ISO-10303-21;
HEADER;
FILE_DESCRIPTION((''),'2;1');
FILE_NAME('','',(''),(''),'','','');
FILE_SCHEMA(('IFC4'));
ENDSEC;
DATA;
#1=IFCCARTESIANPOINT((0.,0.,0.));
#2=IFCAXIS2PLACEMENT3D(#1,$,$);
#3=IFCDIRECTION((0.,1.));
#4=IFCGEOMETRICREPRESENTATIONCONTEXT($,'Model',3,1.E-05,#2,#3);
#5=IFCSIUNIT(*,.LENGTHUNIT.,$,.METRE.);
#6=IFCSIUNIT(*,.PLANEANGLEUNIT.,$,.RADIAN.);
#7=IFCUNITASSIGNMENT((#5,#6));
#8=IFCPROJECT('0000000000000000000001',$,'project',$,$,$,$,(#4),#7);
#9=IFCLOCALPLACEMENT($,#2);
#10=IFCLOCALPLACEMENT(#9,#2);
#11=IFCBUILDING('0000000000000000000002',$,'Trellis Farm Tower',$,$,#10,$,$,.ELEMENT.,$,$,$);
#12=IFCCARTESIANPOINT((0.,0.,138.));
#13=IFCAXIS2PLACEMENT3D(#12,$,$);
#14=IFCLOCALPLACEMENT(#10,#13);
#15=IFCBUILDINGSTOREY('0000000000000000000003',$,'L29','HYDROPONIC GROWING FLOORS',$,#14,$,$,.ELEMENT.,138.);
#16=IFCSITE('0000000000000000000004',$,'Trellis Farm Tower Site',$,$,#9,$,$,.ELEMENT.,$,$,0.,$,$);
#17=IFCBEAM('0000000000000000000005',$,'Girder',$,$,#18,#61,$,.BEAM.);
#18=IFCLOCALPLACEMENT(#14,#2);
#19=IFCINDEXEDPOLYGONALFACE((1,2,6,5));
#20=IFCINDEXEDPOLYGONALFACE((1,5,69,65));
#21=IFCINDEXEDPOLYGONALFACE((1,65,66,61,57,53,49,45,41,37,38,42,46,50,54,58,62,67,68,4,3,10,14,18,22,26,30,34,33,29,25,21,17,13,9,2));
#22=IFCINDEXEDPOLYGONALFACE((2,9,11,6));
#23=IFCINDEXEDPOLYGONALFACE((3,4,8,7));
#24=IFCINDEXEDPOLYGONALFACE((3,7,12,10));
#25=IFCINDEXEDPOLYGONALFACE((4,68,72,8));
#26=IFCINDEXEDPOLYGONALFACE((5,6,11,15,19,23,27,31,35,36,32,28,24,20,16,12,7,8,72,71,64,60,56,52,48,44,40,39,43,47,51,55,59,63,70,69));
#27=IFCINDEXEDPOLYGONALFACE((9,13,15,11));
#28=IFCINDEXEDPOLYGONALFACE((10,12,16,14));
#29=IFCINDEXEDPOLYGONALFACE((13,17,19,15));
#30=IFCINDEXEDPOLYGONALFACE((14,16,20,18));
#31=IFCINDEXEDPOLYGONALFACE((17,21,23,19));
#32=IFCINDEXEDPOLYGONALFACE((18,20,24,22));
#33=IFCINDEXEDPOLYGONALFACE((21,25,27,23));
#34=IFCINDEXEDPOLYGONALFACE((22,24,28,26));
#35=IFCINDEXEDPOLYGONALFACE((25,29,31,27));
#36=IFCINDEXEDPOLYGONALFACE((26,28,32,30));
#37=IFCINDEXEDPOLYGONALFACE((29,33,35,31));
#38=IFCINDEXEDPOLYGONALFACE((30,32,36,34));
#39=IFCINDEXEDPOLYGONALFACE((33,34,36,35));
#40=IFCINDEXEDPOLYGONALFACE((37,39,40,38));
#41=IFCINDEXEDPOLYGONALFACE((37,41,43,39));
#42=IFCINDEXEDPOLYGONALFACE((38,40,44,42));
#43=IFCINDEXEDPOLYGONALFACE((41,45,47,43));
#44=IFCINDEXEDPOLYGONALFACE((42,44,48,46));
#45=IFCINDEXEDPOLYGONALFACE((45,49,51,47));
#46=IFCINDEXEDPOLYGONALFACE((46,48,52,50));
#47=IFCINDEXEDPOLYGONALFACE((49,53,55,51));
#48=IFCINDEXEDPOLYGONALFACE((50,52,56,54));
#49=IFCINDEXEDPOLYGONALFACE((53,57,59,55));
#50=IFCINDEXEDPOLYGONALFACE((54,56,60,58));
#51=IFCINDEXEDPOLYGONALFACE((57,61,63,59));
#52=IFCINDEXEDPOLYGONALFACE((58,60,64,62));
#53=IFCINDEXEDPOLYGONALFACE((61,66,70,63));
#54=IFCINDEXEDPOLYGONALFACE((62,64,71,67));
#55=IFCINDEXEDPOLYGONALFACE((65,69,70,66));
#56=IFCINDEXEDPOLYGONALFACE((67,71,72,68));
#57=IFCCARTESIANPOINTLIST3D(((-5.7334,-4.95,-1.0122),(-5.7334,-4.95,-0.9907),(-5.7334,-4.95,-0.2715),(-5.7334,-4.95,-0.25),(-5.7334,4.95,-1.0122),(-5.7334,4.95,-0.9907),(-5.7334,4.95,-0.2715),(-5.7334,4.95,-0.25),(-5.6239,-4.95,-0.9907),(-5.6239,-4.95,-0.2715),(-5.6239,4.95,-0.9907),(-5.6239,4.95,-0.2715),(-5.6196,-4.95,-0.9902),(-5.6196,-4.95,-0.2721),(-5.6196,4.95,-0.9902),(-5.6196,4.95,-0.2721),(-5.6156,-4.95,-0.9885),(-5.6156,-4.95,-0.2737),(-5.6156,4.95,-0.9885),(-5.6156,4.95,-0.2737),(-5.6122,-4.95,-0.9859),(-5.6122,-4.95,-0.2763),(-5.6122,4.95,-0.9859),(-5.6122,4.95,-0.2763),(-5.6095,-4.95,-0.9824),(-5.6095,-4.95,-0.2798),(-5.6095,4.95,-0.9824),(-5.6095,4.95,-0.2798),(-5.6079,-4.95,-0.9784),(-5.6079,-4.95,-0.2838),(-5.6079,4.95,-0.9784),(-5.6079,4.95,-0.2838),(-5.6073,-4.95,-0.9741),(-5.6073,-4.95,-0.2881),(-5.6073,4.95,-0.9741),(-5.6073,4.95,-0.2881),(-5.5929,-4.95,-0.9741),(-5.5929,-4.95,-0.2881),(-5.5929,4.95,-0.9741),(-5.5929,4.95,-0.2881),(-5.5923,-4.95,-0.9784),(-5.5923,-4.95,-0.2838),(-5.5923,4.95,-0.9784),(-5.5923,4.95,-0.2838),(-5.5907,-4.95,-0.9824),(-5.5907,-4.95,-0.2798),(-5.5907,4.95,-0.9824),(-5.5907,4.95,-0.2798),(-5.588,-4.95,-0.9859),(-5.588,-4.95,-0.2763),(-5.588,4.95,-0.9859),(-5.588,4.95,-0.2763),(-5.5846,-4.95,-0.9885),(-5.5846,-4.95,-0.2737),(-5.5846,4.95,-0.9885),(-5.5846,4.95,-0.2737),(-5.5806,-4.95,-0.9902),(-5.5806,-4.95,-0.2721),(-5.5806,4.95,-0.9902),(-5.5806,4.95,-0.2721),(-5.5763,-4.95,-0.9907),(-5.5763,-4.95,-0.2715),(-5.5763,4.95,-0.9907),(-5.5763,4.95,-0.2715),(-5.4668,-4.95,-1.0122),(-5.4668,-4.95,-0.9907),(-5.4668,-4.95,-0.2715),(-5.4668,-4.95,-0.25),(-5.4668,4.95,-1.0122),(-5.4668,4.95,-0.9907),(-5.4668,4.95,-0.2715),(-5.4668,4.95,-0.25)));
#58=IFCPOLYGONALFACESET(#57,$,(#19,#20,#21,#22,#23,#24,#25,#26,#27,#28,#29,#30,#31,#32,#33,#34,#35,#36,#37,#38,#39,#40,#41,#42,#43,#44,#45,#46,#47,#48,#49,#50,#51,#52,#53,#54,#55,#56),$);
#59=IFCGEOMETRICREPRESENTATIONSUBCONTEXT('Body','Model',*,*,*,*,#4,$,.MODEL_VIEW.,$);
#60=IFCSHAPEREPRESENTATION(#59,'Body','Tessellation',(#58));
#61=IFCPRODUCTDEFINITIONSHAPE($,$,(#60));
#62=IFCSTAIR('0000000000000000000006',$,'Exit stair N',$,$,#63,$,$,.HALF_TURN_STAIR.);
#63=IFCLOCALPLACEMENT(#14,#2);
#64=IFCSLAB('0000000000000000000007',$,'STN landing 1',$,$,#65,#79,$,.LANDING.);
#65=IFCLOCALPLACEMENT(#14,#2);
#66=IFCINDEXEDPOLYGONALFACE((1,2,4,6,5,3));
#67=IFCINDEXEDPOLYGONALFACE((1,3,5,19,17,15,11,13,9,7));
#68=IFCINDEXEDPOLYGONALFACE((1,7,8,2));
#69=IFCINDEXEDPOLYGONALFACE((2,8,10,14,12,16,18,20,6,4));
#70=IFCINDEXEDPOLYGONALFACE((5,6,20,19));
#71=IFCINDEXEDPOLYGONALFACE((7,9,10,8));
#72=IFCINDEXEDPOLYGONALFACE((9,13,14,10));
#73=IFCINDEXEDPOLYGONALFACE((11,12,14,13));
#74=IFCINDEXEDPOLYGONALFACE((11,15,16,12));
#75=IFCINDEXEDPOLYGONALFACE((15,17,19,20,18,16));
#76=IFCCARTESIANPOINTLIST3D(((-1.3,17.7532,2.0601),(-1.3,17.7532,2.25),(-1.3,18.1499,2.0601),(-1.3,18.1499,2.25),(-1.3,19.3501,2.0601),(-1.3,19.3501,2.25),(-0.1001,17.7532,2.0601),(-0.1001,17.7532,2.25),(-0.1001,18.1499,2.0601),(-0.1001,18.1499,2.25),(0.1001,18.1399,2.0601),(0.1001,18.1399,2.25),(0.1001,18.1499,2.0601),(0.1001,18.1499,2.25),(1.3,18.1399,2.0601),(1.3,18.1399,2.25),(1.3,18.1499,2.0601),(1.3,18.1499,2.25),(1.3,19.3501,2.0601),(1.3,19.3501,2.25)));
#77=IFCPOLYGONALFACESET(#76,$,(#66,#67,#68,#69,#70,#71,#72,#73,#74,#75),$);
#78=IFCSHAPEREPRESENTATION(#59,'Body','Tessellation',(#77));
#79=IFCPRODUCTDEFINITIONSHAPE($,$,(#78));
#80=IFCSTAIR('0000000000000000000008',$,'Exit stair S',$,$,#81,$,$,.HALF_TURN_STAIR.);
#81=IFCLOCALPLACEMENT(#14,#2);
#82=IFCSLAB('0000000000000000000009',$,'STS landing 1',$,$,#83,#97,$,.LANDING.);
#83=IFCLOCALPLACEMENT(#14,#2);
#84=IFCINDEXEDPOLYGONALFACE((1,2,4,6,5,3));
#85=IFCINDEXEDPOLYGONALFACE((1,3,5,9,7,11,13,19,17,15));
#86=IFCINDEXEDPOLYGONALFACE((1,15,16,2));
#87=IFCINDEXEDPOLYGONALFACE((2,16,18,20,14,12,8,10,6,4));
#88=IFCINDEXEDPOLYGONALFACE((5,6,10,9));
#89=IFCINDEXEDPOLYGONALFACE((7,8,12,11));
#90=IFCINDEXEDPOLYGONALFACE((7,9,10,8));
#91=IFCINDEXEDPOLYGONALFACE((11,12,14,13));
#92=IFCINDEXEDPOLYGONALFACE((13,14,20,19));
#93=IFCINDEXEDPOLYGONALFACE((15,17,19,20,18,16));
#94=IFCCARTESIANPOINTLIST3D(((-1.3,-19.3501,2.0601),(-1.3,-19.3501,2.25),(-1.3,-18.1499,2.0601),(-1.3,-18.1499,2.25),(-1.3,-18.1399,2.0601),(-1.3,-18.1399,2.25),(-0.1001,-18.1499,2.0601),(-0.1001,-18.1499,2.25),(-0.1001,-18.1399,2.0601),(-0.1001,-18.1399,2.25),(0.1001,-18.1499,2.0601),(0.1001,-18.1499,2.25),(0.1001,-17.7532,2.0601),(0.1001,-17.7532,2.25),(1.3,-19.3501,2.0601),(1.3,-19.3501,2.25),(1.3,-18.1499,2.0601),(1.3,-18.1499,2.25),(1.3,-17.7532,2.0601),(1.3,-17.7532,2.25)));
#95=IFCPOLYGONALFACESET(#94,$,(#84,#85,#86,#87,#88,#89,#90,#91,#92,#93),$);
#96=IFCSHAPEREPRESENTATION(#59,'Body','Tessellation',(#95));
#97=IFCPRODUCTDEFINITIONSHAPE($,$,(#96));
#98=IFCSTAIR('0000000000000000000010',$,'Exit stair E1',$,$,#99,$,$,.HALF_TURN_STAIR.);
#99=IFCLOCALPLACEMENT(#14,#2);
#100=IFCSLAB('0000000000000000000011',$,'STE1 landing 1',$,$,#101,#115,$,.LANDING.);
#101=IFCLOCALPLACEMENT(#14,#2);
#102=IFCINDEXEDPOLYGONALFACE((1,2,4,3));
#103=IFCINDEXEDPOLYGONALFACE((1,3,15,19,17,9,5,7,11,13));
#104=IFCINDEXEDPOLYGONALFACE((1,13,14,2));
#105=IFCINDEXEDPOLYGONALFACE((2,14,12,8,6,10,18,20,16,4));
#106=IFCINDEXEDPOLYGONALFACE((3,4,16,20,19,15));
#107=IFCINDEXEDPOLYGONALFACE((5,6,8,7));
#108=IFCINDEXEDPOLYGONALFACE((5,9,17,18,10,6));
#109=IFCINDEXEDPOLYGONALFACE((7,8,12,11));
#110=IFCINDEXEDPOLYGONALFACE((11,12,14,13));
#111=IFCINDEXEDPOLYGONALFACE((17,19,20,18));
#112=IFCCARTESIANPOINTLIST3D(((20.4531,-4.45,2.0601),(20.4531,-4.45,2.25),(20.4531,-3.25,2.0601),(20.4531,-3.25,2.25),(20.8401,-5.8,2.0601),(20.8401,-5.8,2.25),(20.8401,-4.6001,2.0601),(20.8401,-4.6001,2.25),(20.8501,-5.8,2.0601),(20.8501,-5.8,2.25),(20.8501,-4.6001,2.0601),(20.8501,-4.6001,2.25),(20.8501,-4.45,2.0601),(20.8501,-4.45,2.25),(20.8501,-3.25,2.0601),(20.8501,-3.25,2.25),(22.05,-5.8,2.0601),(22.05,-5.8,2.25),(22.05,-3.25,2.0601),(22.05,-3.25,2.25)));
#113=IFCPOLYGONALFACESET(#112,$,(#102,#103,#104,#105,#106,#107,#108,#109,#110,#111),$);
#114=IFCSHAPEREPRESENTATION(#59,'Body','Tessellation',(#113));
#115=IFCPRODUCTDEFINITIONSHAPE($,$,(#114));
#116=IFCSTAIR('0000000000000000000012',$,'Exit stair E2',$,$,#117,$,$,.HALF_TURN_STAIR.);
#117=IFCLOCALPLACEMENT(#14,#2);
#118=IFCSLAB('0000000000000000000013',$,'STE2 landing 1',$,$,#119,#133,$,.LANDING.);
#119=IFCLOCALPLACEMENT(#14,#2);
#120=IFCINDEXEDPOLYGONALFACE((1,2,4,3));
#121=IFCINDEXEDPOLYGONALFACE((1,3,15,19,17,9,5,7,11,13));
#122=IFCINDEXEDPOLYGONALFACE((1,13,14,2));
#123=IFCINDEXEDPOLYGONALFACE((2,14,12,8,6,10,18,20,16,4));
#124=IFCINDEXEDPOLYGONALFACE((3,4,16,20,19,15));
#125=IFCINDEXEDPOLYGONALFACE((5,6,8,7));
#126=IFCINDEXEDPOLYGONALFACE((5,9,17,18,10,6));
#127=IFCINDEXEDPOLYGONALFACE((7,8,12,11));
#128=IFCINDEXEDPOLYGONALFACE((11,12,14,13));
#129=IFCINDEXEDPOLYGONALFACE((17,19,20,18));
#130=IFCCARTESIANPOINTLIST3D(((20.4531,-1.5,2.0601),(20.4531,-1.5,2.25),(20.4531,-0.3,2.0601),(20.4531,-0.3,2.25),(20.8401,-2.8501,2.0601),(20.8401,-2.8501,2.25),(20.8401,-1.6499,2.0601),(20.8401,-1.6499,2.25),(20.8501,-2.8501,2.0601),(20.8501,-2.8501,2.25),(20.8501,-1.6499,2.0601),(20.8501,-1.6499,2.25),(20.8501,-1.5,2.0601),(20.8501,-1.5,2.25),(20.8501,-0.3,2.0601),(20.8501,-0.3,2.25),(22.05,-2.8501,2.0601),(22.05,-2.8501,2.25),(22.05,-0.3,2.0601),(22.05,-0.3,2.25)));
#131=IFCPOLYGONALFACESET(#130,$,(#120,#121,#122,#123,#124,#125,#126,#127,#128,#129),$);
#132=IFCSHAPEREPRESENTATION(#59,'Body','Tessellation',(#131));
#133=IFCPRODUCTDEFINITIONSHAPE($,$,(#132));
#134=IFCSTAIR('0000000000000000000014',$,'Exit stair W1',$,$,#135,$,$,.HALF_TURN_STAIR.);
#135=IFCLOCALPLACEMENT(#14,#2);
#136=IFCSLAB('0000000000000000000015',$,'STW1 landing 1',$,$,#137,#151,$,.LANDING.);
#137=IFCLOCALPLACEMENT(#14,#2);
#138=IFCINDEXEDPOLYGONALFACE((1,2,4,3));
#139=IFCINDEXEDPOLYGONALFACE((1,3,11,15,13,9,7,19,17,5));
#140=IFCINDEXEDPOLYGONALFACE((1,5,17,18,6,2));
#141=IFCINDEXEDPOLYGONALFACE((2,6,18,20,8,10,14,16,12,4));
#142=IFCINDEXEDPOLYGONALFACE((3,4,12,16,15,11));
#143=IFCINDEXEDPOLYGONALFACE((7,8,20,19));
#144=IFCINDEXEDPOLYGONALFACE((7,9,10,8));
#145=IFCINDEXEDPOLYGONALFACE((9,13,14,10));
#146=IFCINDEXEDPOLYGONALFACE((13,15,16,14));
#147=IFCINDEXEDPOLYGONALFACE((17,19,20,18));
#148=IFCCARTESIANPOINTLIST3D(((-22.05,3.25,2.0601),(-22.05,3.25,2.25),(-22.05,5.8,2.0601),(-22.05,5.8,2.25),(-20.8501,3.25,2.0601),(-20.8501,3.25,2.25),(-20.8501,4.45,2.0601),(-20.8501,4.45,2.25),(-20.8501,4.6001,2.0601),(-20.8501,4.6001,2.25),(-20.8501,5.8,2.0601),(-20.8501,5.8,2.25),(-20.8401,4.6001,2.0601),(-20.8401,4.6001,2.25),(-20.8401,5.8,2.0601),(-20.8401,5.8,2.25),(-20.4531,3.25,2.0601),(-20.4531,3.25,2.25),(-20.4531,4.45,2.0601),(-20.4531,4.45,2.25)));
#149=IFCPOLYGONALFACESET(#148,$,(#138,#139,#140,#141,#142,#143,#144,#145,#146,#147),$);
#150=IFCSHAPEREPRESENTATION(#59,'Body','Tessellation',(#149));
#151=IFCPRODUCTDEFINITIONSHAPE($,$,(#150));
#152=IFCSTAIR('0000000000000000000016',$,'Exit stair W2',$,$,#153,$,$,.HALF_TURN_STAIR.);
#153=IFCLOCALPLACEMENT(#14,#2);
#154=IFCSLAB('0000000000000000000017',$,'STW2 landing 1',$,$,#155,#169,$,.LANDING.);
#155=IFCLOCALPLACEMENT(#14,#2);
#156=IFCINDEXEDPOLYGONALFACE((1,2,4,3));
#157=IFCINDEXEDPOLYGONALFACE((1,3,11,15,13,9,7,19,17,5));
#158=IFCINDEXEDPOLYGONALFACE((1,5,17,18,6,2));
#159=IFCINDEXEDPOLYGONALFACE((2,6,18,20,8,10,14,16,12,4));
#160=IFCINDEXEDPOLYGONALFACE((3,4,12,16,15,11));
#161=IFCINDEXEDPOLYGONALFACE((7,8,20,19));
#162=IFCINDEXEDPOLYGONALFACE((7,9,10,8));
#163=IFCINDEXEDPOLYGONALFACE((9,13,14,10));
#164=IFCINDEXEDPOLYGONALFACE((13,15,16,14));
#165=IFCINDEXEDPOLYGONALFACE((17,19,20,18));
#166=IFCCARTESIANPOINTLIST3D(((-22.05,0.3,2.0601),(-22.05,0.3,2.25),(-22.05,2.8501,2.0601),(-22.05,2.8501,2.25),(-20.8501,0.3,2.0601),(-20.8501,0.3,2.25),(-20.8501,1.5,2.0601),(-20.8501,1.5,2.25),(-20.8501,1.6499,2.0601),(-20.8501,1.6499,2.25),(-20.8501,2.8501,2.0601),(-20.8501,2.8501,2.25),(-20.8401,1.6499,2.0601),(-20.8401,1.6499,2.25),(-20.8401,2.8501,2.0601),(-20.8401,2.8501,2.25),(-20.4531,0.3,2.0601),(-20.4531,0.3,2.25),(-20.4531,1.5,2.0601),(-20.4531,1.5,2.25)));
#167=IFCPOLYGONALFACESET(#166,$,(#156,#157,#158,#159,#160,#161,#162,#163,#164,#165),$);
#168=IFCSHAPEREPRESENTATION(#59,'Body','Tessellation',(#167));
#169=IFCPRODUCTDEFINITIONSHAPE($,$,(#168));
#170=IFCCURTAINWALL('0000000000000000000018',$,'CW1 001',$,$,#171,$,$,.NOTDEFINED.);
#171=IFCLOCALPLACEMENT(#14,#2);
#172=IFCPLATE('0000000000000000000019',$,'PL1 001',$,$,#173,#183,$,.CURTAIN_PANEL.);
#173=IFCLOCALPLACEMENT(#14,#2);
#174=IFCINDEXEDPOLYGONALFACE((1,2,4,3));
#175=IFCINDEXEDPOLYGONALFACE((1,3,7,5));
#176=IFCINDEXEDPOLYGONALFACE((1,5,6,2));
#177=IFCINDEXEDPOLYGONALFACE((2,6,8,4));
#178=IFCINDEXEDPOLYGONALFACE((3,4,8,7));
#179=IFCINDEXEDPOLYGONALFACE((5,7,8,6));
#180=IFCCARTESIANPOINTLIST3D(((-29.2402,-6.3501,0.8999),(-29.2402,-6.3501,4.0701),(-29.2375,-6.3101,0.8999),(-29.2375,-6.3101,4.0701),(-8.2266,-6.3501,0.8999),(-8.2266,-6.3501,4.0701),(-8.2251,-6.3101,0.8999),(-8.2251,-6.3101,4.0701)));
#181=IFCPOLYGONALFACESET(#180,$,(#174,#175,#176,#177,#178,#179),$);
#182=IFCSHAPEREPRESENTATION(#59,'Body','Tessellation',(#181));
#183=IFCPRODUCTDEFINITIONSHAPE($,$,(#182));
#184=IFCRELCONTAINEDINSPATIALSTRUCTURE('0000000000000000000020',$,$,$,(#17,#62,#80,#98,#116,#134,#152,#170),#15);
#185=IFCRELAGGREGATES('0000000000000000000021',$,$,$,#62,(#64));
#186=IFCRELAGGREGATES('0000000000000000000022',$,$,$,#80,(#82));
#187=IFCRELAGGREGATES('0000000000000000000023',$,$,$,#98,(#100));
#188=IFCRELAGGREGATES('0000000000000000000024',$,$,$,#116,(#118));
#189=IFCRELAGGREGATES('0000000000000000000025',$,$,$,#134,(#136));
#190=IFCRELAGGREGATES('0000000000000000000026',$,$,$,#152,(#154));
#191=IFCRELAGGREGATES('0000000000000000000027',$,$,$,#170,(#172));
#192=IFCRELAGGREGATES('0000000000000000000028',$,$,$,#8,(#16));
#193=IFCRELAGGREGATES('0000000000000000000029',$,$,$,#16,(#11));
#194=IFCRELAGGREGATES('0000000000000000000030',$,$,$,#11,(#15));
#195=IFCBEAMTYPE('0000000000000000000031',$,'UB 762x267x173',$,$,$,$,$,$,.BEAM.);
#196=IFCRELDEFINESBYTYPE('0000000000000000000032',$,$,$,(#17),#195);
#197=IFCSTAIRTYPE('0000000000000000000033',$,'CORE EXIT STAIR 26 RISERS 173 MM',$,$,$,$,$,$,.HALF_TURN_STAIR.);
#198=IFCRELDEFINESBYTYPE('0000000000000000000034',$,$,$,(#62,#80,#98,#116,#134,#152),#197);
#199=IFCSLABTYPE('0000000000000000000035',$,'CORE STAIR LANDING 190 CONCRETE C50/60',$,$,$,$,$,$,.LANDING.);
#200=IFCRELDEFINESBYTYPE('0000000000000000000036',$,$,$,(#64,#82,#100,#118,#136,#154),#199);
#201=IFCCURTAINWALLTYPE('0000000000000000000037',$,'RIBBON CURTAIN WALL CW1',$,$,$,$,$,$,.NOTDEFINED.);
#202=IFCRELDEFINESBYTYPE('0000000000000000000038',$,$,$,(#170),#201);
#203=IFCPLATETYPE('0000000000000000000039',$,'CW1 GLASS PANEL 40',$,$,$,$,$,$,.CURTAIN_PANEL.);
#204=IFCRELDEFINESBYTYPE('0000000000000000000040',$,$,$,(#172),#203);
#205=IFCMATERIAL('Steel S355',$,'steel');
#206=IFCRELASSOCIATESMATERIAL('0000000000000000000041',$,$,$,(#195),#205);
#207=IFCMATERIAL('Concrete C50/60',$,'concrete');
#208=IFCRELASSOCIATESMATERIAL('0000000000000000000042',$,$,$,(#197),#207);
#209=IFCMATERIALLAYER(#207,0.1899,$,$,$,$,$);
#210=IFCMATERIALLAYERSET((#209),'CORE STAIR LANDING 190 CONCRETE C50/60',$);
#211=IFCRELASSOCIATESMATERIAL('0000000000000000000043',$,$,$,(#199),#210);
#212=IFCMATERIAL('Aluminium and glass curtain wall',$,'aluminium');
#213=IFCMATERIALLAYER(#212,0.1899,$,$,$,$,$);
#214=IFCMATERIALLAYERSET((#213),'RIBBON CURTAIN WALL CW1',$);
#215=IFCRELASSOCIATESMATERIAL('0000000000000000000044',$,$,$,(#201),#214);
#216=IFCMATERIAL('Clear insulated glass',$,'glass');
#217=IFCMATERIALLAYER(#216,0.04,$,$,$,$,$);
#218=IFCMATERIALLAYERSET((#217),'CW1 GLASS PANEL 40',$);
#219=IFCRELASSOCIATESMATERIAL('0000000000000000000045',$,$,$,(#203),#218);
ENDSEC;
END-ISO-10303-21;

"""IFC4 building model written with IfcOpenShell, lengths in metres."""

from ifc_helpers import new_model, si_unit, direction, frame, origin, origin_2d, place, context, subcontext, project, spatial, polyline, i_section, outline, extrude, source, transform, mapped, material, layer, layer_set, material_profile, profile_set, type_object, element, aggregate, save


model = new_model("IFC4")

# Units and contexts
model_context = context("Model", 3, precision=1e-05, world=origin(), true_north=direction((0.0, 1.0)))
body_context = subcontext(model_context, "Body", "Model", "MODEL_VIEW")
ifc_project = project(units=[si_unit("LENGTHUNIT", "METRE"), si_unit("PLANEANGLEUNIT", "RADIAN")], contexts=[model_context])

# Site, building, storey
site_placement = place(None, origin())
site = spatial("IfcSite", under=ifc_project, at=site_placement, Name="Trellis Farm Tower Site", CompositionType="ELEMENT", RefElevation=0.0)
building_placement = place(site_placement, origin())
building = spatial("IfcBuilding", under=site, at=building_placement, Name="Trellis Farm Tower", CompositionType="ELEMENT")
storey_placement = place(building_placement, frame((0.0, 0.0, 138.0)))
storey = spatial("IfcBuildingStorey", under=building, at=storey_placement, Name="L29", Description="HYDROPONIC GROWING FLOORS", CompositionType="ELEMENT", Elevation=138.0)

# Beam
ifc_material_1 = material(Name="Steel S355", Category="steel")
ifc_material_profile_1 = material_profile(ifc_material_1, i_section(OverallWidth=0.2666, OverallDepth=0.7622, WebThickness=0.0144, FlangeThickness=0.0215, FilletRadius=0.0166, at=origin_2d()), Name="UB 762x267x173")
ifc_profile_set_1 = profile_set([ifc_material_profile_1], Name="Steel S355")
beam_type_1 = type_object("IfcBeamType", Name="UB 762x267x173", PredefinedType="BEAM", material=ifc_profile_set_1)
shared_shape_1 = source(origin(), body_context, "Body", "SweptSolid", [
    extrude(i_section(OverallWidth=0.2666, OverallDepth=0.7622, WebThickness=0.0144, FlangeThickness=0.0215, FilletRadius=0.0166, at=origin_2d()), origin(), (0.0, 0.0, 1.0), 9.8999),
])
for number, where, z_axis, x_axis, name in (
    (1, (-5.6001, -4.95, -0.6311), (0.0, 1.0, 0.0), (-1.0, 0.0, 0.0), "Girder"),
):
    element("IfcBeam", number, at=place(storey_placement, frame(where, z_axis=z_axis, x_axis=x_axis)), inside=storey, type_object=beam_type_1, Name=name, PredefinedType="BEAM", context=body_context, shape_type="MappedRepresentation", body=[
        mapped(shared_shape_1, transform((0.0, 0.0, 0.0))),
    ])

# Stairs, slabs
ifc_material_2 = material(Name="Concrete C50/60", Category="concrete")
stair_type = type_object("IfcStairType", Name="CORE EXIT STAIR 26 RISERS 173 MM", PredefinedType="HALF_TURN_STAIR", material=ifc_material_2)
placement_1 = place(storey_placement, origin())
stair_1 = element("IfcStair", 2, at=placement_1, inside=storey, type_object=stair_type, Name="Exit stair N", PredefinedType="HALF_TURN_STAIR")
ifc_layer_1 = layer(ifc_material_2, 0.1899)
ifc_layer_set_1 = layer_set([ifc_layer_1], Name="CORE STAIR LANDING 190 CONCRETE C50/60")
slab_type_1 = type_object("IfcSlabType", Name="CORE STAIR LANDING 190 CONCRETE C50/60", PredefinedType="LANDING", material=ifc_layer_set_1)
shared_shape_2 = source(origin(), body_context, "Body", "SweptSolid", [
    extrude(outline(polyline([(-0.1001, 17.7532), (-1.3, 17.7532), (-1.3, 18.1499), (-1.3, 19.3501), (1.3, 19.3501), (1.3, 18.1499), (1.3, 18.1399), (0.1001, 18.1399), (0.1001, 18.1499), (-0.1001, 18.1499), (-0.1001, 17.7532)])), origin(), (0.0, 0.0, 1.0), 0.1899),
])
placement_2 = place(storey_placement, frame((0.0, 0.0, 2.0601)))
slab_1 = element("IfcSlab", 3, at=placement_2, type_object=slab_type_1, Name="STN landing 1", PredefinedType="LANDING", context=body_context, shape_type="MappedRepresentation", body=[
    mapped(shared_shape_2, transform((0.0, 0.0, 0.0))),
])
aggregate(stair_1, [slab_1])
stair_2 = element("IfcStair", 4, at=placement_1, inside=storey, type_object=stair_type, Name="Exit stair S", PredefinedType="HALF_TURN_STAIR")
shared_shape_3 = source(origin(), body_context, "Body", "SweptSolid", [
    extrude(outline(polyline([(1.3, -19.3501), (-1.3, -19.3501), (-1.3, -18.1499), (-1.3, -18.1399), (-0.1001, -18.1399), (-0.1001, -18.1499), (0.1001, -18.1499), (0.1001, -17.7532), (1.3, -17.7532), (1.3, -18.1499), (1.3, -19.3501)])), origin(), (0.0, 0.0, 1.0), 0.1899),
])
slab_2 = element("IfcSlab", 5, at=placement_2, type_object=slab_type_1, Name="STS landing 1", PredefinedType="LANDING", context=body_context, shape_type="MappedRepresentation", body=[
    mapped(shared_shape_3, transform((0.0, 0.0, 0.0))),
])
aggregate(stair_2, [slab_2])
stair_3 = element("IfcStair", 6, at=placement_1, inside=storey, type_object=stair_type, Name="Exit stair E1", PredefinedType="HALF_TURN_STAIR")
shared_shape_4 = source(origin(), body_context, "Body", "SweptSolid", [
    extrude(outline(polyline([(20.8401, -5.8), (20.8401, -4.6001), (20.8501, -4.6001), (20.8501, -4.45), (20.4531, -4.45), (20.4531, -3.25), (20.8501, -3.25), (22.05, -3.25), (22.05, -5.8), (20.8501, -5.8), (20.8401, -5.8)])), origin(), (0.0, 0.0, 1.0), 0.1899),
])
slab_3 = element("IfcSlab", 7, at=placement_2, type_object=slab_type_1, Name="STE1 landing 1", PredefinedType="LANDING", context=body_context, shape_type="MappedRepresentation", body=[
    mapped(shared_shape_4, transform((0.0, 0.0, 0.0))),
])
aggregate(stair_3, [slab_3])
stair_4 = element("IfcStair", 8, at=placement_1, inside=storey, type_object=stair_type, Name="Exit stair E2", PredefinedType="HALF_TURN_STAIR")
shared_shape_5 = source(origin(), body_context, "Body", "SweptSolid", [
    extrude(outline(polyline([(20.8401, -2.8501), (20.8401, -1.6499), (20.8501, -1.6499), (20.8501, -1.5), (20.4531, -1.5), (20.4531, -0.3), (20.8501, -0.3), (22.05, -0.3), (22.05, -2.8501), (20.8501, -2.8501), (20.8401, -2.8501)])), origin(), (0.0, 0.0, 1.0), 0.1899),
])
slab_4 = element("IfcSlab", 9, at=placement_2, type_object=slab_type_1, Name="STE2 landing 1", PredefinedType="LANDING", context=body_context, shape_type="MappedRepresentation", body=[
    mapped(shared_shape_5, transform((0.0, 0.0, 0.0))),
])
aggregate(stair_4, [slab_4])
stair_5 = element("IfcStair", 10, at=placement_1, inside=storey, type_object=stair_type, Name="Exit stair W1", PredefinedType="HALF_TURN_STAIR")
shared_shape_6 = source(origin(), body_context, "Body", "SweptSolid", [
    extrude(outline(polyline([(-20.4531, 4.45), (-20.4531, 3.25), (-20.8501, 3.25), (-22.05, 3.25), (-22.05, 5.8), (-20.8501, 5.8), (-20.8401, 5.8), (-20.8401, 4.6001), (-20.8501, 4.6001), (-20.8501, 4.45), (-20.4531, 4.45)])), origin(), (0.0, 0.0, 1.0), 0.1899),
])
slab_5 = element("IfcSlab", 11, at=placement_2, type_object=slab_type_1, Name="STW1 landing 1", PredefinedType="LANDING", context=body_context, shape_type="MappedRepresentation", body=[
    mapped(shared_shape_6, transform((0.0, 0.0, 0.0))),
])
aggregate(stair_5, [slab_5])
stair_6 = element("IfcStair", 12, at=placement_1, inside=storey, type_object=stair_type, Name="Exit stair W2", PredefinedType="HALF_TURN_STAIR")
shared_shape_7 = source(origin(), body_context, "Body", "SweptSolid", [
    extrude(outline(polyline([(-20.4531, 1.5), (-20.4531, 0.3), (-20.8501, 0.3), (-22.05, 0.3), (-22.05, 2.8501), (-20.8501, 2.8501), (-20.8401, 2.8501), (-20.8401, 1.6499), (-20.8501, 1.6499), (-20.8501, 1.5), (-20.4531, 1.5)])), origin(), (0.0, 0.0, 1.0), 0.1899),
])
slab_6 = element("IfcSlab", 13, at=placement_2, type_object=slab_type_1, Name="STW2 landing 1", PredefinedType="LANDING", context=body_context, shape_type="MappedRepresentation", body=[
    mapped(shared_shape_7, transform((0.0, 0.0, 0.0))),
])
aggregate(stair_6, [slab_6])

# Curtain wall, plate
ifc_material_3 = material(Name="Aluminium and glass curtain wall", Category="aluminium")
ifc_layer_2 = layer(ifc_material_3, 0.1899)
ifc_layer_set_2 = layer_set([ifc_layer_2], Name="RIBBON CURTAIN WALL CW1")
curtain_wall_type = type_object("IfcCurtainWallType", Name="RIBBON CURTAIN WALL CW1", PredefinedType="NOTDEFINED", material=ifc_layer_set_2)
curtain_wall = element("IfcCurtainWall", 14, at=placement_1, inside=storey, type_object=curtain_wall_type, Name="CW1 001", PredefinedType="NOTDEFINED")
ifc_material_4 = material(Name="Clear insulated glass", Category="glass")
ifc_layer_3 = layer(ifc_material_4, 0.04)
ifc_layer_set_3 = layer_set([ifc_layer_3], Name="CW1 GLASS PANEL 40")
plate_type = type_object("IfcPlateType", Name="CW1 GLASS PANEL 40", PredefinedType="CURTAIN_PANEL", material=ifc_layer_set_3)
shared_shape_8 = source(origin(), body_context, "Body", "SweptSolid", [
    extrude(outline(polyline([(-29.2402, -6.3501), (-8.2266, -6.3501), (-8.2251, -6.3101), (-29.2375, -6.3101), (-29.2402, -6.3501)])), origin(), (0.0, 0.0, 1.0), 3.1702),
])
plate_placement = place(storey_placement, frame((0.0, 0.0, 0.8999)))
plate = element("IfcPlate", 15, at=plate_placement, type_object=plate_type, Name="PL1 001", PredefinedType="CURTAIN_PANEL", context=body_context, shape_type="MappedRepresentation", body=[
    mapped(shared_shape_8, transform((0.0, 0.0, 0.0))),
])
aggregate(curtain_wall, [plate])

save(model, "model.ifc")
